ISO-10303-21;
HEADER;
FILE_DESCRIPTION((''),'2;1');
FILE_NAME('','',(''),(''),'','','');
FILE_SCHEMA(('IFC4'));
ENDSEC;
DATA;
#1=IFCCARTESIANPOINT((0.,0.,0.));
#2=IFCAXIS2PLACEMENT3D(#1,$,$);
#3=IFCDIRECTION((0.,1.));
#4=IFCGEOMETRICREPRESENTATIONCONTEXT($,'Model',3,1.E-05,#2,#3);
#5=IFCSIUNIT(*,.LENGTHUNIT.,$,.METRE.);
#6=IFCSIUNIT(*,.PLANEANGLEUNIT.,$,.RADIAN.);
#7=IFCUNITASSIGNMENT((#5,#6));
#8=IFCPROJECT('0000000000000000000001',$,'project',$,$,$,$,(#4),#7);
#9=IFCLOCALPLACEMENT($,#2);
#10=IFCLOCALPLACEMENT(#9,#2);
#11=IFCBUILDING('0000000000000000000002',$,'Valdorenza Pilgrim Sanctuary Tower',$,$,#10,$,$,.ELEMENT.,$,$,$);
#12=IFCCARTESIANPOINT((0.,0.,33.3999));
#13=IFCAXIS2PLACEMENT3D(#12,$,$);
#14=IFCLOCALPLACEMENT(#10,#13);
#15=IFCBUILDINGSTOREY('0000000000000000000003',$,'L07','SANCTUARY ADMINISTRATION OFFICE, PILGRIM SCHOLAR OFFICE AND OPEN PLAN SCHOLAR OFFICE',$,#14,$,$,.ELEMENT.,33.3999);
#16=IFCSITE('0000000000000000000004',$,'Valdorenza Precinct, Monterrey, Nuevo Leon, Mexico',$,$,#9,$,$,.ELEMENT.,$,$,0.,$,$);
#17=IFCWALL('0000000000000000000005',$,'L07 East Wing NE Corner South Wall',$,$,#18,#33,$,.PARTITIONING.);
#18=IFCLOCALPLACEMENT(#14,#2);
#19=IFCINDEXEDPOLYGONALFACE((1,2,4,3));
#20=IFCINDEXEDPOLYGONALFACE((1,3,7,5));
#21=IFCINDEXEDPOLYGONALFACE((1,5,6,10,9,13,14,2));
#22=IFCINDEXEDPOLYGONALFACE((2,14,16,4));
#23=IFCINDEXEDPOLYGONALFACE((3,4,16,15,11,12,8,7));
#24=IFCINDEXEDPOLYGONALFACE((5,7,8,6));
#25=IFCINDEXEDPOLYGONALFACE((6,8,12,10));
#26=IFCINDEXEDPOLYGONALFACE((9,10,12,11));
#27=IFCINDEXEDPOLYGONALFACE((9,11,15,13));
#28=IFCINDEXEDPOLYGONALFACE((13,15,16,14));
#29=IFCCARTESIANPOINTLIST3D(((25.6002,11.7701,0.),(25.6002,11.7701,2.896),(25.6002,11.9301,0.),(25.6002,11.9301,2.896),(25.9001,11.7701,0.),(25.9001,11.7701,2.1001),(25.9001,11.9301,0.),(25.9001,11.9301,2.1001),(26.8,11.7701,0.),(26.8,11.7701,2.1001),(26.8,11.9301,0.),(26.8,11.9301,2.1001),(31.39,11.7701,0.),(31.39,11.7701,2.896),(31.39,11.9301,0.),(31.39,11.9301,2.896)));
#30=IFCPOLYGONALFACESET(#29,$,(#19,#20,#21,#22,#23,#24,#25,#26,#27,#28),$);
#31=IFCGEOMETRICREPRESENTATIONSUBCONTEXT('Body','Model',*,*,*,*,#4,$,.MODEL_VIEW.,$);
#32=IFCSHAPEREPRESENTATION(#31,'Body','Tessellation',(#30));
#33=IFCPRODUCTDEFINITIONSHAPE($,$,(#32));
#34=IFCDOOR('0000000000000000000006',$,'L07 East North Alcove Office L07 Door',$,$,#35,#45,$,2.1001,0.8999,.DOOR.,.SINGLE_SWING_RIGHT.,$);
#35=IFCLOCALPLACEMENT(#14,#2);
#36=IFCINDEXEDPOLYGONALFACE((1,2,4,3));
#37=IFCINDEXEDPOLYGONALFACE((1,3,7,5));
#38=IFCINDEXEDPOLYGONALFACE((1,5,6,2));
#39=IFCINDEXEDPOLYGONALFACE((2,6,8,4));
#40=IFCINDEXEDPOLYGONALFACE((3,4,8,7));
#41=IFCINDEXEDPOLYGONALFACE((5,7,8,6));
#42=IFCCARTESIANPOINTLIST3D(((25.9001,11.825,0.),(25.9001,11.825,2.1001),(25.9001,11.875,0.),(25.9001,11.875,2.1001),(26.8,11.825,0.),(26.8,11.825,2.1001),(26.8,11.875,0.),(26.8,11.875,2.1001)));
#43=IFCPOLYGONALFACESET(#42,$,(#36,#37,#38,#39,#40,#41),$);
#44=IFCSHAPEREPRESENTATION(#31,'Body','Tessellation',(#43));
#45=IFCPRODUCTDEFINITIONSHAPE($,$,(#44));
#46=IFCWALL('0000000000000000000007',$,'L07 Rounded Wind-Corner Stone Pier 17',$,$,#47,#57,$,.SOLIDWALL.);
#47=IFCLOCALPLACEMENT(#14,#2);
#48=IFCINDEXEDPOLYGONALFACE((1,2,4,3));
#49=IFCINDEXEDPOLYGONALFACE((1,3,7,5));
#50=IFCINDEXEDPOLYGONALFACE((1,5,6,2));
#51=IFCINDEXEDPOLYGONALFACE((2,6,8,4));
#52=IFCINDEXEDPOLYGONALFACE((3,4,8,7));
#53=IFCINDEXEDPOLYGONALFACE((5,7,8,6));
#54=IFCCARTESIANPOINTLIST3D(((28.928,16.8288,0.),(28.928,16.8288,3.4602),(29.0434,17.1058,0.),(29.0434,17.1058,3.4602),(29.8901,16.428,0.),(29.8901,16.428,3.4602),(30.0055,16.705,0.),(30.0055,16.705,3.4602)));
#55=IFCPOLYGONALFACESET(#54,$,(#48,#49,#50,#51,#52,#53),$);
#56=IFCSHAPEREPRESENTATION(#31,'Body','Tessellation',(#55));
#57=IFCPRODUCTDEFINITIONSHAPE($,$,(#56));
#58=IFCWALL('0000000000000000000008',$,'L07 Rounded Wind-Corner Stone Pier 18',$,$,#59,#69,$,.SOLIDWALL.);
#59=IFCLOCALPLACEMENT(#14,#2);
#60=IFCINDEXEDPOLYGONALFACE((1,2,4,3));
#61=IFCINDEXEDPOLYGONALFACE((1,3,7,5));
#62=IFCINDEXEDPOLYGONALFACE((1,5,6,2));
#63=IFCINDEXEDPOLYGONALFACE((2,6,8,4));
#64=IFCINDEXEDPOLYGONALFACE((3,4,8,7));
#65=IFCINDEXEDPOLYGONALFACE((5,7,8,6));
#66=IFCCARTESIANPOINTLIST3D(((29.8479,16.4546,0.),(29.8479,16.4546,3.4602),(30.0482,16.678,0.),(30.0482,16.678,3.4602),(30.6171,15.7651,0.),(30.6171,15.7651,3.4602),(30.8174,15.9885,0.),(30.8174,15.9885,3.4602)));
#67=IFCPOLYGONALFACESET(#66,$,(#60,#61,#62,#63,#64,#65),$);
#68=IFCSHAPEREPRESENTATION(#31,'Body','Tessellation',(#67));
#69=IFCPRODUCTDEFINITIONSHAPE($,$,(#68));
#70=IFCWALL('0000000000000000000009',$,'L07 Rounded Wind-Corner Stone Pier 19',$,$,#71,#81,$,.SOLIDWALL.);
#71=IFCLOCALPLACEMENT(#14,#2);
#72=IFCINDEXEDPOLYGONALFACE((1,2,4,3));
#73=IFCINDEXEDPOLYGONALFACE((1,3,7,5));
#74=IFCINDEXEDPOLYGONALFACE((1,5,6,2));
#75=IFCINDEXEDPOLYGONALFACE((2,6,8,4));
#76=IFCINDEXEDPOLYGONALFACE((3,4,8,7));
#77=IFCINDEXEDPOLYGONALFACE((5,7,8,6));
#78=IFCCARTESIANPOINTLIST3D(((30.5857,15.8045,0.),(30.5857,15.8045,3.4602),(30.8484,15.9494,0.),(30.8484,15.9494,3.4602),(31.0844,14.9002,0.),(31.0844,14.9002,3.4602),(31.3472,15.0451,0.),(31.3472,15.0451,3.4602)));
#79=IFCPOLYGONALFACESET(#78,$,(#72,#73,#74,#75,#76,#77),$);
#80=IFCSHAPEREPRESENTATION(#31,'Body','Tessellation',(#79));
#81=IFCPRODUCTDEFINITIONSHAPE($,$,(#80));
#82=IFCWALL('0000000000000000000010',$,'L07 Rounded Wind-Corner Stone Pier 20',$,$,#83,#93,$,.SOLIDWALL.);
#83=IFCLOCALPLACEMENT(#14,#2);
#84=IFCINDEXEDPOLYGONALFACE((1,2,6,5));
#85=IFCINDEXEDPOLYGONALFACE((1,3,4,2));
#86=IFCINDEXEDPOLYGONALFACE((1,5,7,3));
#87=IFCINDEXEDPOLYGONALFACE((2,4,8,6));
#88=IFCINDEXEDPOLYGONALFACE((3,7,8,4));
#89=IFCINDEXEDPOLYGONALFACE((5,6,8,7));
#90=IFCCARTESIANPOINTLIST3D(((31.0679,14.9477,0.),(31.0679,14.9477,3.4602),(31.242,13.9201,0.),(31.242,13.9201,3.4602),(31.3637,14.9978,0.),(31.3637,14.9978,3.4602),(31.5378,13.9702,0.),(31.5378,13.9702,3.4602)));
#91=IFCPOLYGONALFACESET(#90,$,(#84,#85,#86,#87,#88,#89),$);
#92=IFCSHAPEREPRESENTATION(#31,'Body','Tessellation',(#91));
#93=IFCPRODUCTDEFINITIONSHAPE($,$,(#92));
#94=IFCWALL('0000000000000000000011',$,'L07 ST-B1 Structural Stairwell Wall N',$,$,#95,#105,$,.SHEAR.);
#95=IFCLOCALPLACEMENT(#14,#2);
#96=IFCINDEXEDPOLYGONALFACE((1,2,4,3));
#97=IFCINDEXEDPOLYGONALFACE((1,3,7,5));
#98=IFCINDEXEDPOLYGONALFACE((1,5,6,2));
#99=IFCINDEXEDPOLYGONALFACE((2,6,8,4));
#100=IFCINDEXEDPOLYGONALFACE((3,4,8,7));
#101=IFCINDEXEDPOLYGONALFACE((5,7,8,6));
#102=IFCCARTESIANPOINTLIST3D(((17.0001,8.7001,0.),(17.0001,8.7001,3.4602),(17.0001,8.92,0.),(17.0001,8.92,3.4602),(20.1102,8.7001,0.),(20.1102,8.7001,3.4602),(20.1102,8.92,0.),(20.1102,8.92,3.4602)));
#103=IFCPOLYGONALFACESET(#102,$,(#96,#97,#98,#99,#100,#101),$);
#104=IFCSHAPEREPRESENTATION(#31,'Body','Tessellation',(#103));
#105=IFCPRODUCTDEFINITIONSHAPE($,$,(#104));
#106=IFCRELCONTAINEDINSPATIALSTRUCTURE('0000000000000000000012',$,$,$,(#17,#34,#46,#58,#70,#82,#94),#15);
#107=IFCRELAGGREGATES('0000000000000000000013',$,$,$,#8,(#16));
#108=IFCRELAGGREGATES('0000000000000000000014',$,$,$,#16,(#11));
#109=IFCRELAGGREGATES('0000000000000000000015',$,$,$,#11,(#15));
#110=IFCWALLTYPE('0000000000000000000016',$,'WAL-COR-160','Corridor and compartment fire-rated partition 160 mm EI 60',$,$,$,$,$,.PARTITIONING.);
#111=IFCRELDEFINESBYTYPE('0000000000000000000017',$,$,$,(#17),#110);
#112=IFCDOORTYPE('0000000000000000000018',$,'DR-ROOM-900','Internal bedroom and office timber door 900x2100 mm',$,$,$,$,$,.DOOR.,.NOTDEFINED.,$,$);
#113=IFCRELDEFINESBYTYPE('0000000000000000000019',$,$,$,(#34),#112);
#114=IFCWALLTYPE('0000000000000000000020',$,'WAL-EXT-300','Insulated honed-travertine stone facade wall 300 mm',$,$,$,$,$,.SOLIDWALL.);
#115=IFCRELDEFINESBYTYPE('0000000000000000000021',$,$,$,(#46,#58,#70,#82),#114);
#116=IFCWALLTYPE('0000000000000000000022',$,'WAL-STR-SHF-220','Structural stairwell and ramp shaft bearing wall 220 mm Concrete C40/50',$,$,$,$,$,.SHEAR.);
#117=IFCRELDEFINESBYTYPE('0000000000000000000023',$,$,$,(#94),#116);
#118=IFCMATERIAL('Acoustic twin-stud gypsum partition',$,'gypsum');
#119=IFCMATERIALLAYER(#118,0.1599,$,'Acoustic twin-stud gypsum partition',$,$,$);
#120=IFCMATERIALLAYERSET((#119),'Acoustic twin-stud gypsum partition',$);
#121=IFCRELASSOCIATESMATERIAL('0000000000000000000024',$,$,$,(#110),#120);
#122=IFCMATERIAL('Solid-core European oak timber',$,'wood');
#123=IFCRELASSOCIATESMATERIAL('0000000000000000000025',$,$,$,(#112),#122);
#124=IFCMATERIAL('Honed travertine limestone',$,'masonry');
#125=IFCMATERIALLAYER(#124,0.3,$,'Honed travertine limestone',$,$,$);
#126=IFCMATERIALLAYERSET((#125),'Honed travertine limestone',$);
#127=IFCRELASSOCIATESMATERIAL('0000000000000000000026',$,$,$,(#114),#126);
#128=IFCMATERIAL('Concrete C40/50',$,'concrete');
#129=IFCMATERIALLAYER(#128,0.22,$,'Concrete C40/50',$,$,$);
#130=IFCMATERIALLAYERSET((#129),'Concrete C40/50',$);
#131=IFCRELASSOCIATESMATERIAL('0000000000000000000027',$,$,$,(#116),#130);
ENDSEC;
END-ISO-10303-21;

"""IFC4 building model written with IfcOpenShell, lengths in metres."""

from ifc_helpers import new_model, si_unit, direction, frame, frame_2d, origin, place, context, subcontext, project, spatial, rectangle, extrude, material, layer, layer_set, type_object, element, fill, save


model = new_model("IFC4")

# Units and contexts
model_context = context("Model", 3, precision=1e-05, world=origin(), true_north=direction((0.0, 1.0)))
body_context = subcontext(model_context, "Body", "Model", "MODEL_VIEW")
ifc_project = project(units=[si_unit("LENGTHUNIT", "METRE"), si_unit("PLANEANGLEUNIT", "RADIAN")], contexts=[model_context])

# Site, building, storey
site_placement = place(None, origin())
site = spatial("IfcSite", under=ifc_project, at=site_placement, Name="Valdorenza Precinct, Monterrey, Nuevo Leon, Mexico", CompositionType="ELEMENT", RefElevation=0.0)
building_placement = place(site_placement, origin())
building = spatial("IfcBuilding", under=site, at=building_placement, Name="Valdorenza Pilgrim Sanctuary Tower", CompositionType="ELEMENT")
storey_placement = place(building_placement, frame((0.0, 0.0, 33.3999)))
storey = spatial("IfcBuildingStorey", under=building, at=storey_placement, Name="L07", Description="SANCTUARY ADMINISTRATION OFFICE, PILGRIM SCHOLAR OFFICE AND OPEN PLAN SCHOLAR OFFICE", CompositionType="ELEMENT", Elevation=33.3999)

# Shared definitions
ifc_material_1 = material(Name="Honed travertine limestone", Category="masonry")

# Shared definitions
ifc_material_2 = material(Name="Acoustic twin-stud gypsum partition", Category="gypsum")
ifc_layer_1 = layer(ifc_material_2, 0.1599, Name="Acoustic twin-stud gypsum partition")
ifc_layer_set_1 = layer_set([ifc_layer_1], Name="Acoustic twin-stud gypsum partition")
wall_type_1 = type_object("IfcWallType", Name="WAL-COR-160", Description="Corridor and compartment fire-rated partition 160 mm EI 60", PredefinedType="PARTITIONING", material=ifc_layer_set_1)

# Wall, opening, door
wall_1_placement = place(storey_placement, frame((25.6001, 11.8501, 0.0), z_axis=(0.0, 0.0, 1.0), x_axis=(1.0, 0.0, 0.0)))
wall_1 = element("IfcWall", 1, at=wall_1_placement, inside=storey, type_object=wall_type_1, Name="L07 East Wing NE Corner South Wall", PredefinedType="PARTITIONING", context=body_context, shape_type="SweptSolid", body=[
    extrude(rectangle(XDim=5.7898, YDim=0.1599, at=frame_2d((2.895, 0.0))), origin(), (0.0, 0.0, 1.0), 2.896),
])
opening_placement = place(wall_1_placement, frame((0.3, 0.0, 0.0)))
opening = element("IfcOpeningElement", 2, at=opening_placement, cuts=wall_1, PredefinedType="OPENING", context=body_context, shape_type="SweptSolid", body=[
    extrude(rectangle(XDim=0.8999, YDim=2.1001, at=frame_2d((0.45, 1.05))), frame((0.0, 0.0947, 0.0), z_axis=(0.0, -1.0, 0.0), x_axis=(1.0, 0.0, 0.0)), (0.0, 0.0, 1.0), 0.1897),
])
ifc_material_3 = material(Name="Solid-core European oak timber", Category="wood")
door_type = type_object("IfcDoorType", Name="DR-ROOM-900", Description="Internal bedroom and office timber door 900x2100 mm", OperationType="NOTDEFINED", PredefinedType="DOOR", material=ifc_material_3)
door_placement = place(opening_placement, origin())
door = element("IfcDoor", 3, at=door_placement, inside=storey, type_object=door_type, Name="L07 East North Alcove Office L07 Door", OperationType="SINGLE_SWING_RIGHT", OverallHeight=2.1001, OverallWidth=0.8999, PredefinedType="DOOR", context=body_context, shape_type="SweptSolid", body=[
    extrude(rectangle(XDim=0.8999, YDim=2.1001, at=frame_2d((0.45, 1.05))), frame((0.0, 0.0249, 0.0), z_axis=(0.0, -1.0, 0.0), x_axis=(1.0, 0.0, 0.0)), (0.0, 0.0, 1.0), 0.05),
])
fill(opening, door)

# Walls
ifc_layer_2 = layer(ifc_material_1, 0.3, Name="Honed travertine limestone")
ifc_layer_set_2 = layer_set([ifc_layer_2], Name="Honed travertine limestone")
wall_type_2 = type_object("IfcWallType", Name="WAL-EXT-300", Description="Insulated honed-travertine stone facade wall 300 mm", PredefinedType="SOLIDWALL", material=ifc_layer_set_2)
wall_2_placement = place(storey_placement, frame((28.9858, 16.9673, 0.0), z_axis=(0.0, 0.0, 1.0), x_axis=(0.923084, -0.384599, 0.0)))
element("IfcWall", 4, at=wall_2_placement, inside=storey, type_object=wall_type_2, Name="L07 Rounded Wind-Corner Stone Pier 17", PredefinedType="SOLIDWALL", context=body_context, shape_type="SweptSolid", body=[
    extrude(rectangle(XDim=1.0422, YDim=0.3, at=frame_2d((0.521, 0.0))), origin(), (0.0, 0.0, 1.0), 3.4602),
])
wall_3_placement = place(storey_placement, frame((29.948, 16.5664, 0.0), z_axis=(0.0, 0.0, 1.0), x_axis=(0.744586, -0.667527, 0.0)))
element("IfcWall", 5, at=wall_3_placement, inside=storey, type_object=wall_type_2, Name="L07 Rounded Wind-Corner Stone Pier 18", PredefinedType="SOLIDWALL", context=body_context, shape_type="SweptSolid", body=[
    extrude(rectangle(XDim=1.033, YDim=0.3, at=frame_2d((0.5166, 0.0))), origin(), (0.0, 0.0, 1.0), 3.4602),
])
wall_4_placement = place(storey_placement, frame((30.717, 15.877, 0.0), z_axis=(0.0, 0.0, 1.0), x_axis=(0.482971, -0.875636, 0.0)))
element("IfcWall", 6, at=wall_4_placement, inside=storey, type_object=wall_type_2, Name="L07 Rounded Wind-Corner Stone Pier 19", PredefinedType="SOLIDWALL", context=body_context, shape_type="SweptSolid", body=[
    extrude(rectangle(XDim=1.0327, YDim=0.3, at=frame_2d((0.5164, 0.0))), origin(), (0.0, 0.0, 1.0), 3.4602),
])
wall_5_placement = place(storey_placement, frame((31.2158, 14.9727, 0.0), z_axis=(0.0, 0.0, 1.0), x_axis=(0.167019, -0.985954, 0.0)))
element("IfcWall", 7, at=wall_5_placement, inside=storey, type_object=wall_type_2, Name="L07 Rounded Wind-Corner Stone Pier 20", PredefinedType="SOLIDWALL", context=body_context, shape_type="SweptSolid", body=[
    extrude(rectangle(XDim=1.0422, YDim=0.3, at=frame_2d((0.521, 0.0))), origin(), (0.0, 0.0, 1.0), 3.4602),
])
ifc_material_4 = material(Name="Concrete C40/50", Category="concrete")
ifc_layer_3 = layer(ifc_material_4, 0.22, Name="Concrete C40/50")
ifc_layer_set_3 = layer_set([ifc_layer_3], Name="Concrete C40/50")
wall_type_3 = type_object("IfcWallType", Name="WAL-STR-SHF-220", Description="Structural stairwell and ramp shaft bearing wall 220 mm Concrete C40/50", PredefinedType="SHEAR", material=ifc_layer_set_3)
wall_6_placement = place(storey_placement, frame((17.0, 8.8101, 0.0), z_axis=(0.0, 0.0, 1.0), x_axis=(1.0, 0.0, 0.0)))
element("IfcWall", 8, at=wall_6_placement, inside=storey, type_object=wall_type_3, Name="L07 ST-B1 Structural Stairwell Wall N", PredefinedType="SHEAR", context=body_context, shape_type="SweptSolid", body=[
    extrude(rectangle(XDim=3.1101, YDim=0.22, at=frame_2d((1.5552, 0.0))), origin(), (0.0, 0.0, 1.0), 3.4602),
])

save(model, "model.ifc")
